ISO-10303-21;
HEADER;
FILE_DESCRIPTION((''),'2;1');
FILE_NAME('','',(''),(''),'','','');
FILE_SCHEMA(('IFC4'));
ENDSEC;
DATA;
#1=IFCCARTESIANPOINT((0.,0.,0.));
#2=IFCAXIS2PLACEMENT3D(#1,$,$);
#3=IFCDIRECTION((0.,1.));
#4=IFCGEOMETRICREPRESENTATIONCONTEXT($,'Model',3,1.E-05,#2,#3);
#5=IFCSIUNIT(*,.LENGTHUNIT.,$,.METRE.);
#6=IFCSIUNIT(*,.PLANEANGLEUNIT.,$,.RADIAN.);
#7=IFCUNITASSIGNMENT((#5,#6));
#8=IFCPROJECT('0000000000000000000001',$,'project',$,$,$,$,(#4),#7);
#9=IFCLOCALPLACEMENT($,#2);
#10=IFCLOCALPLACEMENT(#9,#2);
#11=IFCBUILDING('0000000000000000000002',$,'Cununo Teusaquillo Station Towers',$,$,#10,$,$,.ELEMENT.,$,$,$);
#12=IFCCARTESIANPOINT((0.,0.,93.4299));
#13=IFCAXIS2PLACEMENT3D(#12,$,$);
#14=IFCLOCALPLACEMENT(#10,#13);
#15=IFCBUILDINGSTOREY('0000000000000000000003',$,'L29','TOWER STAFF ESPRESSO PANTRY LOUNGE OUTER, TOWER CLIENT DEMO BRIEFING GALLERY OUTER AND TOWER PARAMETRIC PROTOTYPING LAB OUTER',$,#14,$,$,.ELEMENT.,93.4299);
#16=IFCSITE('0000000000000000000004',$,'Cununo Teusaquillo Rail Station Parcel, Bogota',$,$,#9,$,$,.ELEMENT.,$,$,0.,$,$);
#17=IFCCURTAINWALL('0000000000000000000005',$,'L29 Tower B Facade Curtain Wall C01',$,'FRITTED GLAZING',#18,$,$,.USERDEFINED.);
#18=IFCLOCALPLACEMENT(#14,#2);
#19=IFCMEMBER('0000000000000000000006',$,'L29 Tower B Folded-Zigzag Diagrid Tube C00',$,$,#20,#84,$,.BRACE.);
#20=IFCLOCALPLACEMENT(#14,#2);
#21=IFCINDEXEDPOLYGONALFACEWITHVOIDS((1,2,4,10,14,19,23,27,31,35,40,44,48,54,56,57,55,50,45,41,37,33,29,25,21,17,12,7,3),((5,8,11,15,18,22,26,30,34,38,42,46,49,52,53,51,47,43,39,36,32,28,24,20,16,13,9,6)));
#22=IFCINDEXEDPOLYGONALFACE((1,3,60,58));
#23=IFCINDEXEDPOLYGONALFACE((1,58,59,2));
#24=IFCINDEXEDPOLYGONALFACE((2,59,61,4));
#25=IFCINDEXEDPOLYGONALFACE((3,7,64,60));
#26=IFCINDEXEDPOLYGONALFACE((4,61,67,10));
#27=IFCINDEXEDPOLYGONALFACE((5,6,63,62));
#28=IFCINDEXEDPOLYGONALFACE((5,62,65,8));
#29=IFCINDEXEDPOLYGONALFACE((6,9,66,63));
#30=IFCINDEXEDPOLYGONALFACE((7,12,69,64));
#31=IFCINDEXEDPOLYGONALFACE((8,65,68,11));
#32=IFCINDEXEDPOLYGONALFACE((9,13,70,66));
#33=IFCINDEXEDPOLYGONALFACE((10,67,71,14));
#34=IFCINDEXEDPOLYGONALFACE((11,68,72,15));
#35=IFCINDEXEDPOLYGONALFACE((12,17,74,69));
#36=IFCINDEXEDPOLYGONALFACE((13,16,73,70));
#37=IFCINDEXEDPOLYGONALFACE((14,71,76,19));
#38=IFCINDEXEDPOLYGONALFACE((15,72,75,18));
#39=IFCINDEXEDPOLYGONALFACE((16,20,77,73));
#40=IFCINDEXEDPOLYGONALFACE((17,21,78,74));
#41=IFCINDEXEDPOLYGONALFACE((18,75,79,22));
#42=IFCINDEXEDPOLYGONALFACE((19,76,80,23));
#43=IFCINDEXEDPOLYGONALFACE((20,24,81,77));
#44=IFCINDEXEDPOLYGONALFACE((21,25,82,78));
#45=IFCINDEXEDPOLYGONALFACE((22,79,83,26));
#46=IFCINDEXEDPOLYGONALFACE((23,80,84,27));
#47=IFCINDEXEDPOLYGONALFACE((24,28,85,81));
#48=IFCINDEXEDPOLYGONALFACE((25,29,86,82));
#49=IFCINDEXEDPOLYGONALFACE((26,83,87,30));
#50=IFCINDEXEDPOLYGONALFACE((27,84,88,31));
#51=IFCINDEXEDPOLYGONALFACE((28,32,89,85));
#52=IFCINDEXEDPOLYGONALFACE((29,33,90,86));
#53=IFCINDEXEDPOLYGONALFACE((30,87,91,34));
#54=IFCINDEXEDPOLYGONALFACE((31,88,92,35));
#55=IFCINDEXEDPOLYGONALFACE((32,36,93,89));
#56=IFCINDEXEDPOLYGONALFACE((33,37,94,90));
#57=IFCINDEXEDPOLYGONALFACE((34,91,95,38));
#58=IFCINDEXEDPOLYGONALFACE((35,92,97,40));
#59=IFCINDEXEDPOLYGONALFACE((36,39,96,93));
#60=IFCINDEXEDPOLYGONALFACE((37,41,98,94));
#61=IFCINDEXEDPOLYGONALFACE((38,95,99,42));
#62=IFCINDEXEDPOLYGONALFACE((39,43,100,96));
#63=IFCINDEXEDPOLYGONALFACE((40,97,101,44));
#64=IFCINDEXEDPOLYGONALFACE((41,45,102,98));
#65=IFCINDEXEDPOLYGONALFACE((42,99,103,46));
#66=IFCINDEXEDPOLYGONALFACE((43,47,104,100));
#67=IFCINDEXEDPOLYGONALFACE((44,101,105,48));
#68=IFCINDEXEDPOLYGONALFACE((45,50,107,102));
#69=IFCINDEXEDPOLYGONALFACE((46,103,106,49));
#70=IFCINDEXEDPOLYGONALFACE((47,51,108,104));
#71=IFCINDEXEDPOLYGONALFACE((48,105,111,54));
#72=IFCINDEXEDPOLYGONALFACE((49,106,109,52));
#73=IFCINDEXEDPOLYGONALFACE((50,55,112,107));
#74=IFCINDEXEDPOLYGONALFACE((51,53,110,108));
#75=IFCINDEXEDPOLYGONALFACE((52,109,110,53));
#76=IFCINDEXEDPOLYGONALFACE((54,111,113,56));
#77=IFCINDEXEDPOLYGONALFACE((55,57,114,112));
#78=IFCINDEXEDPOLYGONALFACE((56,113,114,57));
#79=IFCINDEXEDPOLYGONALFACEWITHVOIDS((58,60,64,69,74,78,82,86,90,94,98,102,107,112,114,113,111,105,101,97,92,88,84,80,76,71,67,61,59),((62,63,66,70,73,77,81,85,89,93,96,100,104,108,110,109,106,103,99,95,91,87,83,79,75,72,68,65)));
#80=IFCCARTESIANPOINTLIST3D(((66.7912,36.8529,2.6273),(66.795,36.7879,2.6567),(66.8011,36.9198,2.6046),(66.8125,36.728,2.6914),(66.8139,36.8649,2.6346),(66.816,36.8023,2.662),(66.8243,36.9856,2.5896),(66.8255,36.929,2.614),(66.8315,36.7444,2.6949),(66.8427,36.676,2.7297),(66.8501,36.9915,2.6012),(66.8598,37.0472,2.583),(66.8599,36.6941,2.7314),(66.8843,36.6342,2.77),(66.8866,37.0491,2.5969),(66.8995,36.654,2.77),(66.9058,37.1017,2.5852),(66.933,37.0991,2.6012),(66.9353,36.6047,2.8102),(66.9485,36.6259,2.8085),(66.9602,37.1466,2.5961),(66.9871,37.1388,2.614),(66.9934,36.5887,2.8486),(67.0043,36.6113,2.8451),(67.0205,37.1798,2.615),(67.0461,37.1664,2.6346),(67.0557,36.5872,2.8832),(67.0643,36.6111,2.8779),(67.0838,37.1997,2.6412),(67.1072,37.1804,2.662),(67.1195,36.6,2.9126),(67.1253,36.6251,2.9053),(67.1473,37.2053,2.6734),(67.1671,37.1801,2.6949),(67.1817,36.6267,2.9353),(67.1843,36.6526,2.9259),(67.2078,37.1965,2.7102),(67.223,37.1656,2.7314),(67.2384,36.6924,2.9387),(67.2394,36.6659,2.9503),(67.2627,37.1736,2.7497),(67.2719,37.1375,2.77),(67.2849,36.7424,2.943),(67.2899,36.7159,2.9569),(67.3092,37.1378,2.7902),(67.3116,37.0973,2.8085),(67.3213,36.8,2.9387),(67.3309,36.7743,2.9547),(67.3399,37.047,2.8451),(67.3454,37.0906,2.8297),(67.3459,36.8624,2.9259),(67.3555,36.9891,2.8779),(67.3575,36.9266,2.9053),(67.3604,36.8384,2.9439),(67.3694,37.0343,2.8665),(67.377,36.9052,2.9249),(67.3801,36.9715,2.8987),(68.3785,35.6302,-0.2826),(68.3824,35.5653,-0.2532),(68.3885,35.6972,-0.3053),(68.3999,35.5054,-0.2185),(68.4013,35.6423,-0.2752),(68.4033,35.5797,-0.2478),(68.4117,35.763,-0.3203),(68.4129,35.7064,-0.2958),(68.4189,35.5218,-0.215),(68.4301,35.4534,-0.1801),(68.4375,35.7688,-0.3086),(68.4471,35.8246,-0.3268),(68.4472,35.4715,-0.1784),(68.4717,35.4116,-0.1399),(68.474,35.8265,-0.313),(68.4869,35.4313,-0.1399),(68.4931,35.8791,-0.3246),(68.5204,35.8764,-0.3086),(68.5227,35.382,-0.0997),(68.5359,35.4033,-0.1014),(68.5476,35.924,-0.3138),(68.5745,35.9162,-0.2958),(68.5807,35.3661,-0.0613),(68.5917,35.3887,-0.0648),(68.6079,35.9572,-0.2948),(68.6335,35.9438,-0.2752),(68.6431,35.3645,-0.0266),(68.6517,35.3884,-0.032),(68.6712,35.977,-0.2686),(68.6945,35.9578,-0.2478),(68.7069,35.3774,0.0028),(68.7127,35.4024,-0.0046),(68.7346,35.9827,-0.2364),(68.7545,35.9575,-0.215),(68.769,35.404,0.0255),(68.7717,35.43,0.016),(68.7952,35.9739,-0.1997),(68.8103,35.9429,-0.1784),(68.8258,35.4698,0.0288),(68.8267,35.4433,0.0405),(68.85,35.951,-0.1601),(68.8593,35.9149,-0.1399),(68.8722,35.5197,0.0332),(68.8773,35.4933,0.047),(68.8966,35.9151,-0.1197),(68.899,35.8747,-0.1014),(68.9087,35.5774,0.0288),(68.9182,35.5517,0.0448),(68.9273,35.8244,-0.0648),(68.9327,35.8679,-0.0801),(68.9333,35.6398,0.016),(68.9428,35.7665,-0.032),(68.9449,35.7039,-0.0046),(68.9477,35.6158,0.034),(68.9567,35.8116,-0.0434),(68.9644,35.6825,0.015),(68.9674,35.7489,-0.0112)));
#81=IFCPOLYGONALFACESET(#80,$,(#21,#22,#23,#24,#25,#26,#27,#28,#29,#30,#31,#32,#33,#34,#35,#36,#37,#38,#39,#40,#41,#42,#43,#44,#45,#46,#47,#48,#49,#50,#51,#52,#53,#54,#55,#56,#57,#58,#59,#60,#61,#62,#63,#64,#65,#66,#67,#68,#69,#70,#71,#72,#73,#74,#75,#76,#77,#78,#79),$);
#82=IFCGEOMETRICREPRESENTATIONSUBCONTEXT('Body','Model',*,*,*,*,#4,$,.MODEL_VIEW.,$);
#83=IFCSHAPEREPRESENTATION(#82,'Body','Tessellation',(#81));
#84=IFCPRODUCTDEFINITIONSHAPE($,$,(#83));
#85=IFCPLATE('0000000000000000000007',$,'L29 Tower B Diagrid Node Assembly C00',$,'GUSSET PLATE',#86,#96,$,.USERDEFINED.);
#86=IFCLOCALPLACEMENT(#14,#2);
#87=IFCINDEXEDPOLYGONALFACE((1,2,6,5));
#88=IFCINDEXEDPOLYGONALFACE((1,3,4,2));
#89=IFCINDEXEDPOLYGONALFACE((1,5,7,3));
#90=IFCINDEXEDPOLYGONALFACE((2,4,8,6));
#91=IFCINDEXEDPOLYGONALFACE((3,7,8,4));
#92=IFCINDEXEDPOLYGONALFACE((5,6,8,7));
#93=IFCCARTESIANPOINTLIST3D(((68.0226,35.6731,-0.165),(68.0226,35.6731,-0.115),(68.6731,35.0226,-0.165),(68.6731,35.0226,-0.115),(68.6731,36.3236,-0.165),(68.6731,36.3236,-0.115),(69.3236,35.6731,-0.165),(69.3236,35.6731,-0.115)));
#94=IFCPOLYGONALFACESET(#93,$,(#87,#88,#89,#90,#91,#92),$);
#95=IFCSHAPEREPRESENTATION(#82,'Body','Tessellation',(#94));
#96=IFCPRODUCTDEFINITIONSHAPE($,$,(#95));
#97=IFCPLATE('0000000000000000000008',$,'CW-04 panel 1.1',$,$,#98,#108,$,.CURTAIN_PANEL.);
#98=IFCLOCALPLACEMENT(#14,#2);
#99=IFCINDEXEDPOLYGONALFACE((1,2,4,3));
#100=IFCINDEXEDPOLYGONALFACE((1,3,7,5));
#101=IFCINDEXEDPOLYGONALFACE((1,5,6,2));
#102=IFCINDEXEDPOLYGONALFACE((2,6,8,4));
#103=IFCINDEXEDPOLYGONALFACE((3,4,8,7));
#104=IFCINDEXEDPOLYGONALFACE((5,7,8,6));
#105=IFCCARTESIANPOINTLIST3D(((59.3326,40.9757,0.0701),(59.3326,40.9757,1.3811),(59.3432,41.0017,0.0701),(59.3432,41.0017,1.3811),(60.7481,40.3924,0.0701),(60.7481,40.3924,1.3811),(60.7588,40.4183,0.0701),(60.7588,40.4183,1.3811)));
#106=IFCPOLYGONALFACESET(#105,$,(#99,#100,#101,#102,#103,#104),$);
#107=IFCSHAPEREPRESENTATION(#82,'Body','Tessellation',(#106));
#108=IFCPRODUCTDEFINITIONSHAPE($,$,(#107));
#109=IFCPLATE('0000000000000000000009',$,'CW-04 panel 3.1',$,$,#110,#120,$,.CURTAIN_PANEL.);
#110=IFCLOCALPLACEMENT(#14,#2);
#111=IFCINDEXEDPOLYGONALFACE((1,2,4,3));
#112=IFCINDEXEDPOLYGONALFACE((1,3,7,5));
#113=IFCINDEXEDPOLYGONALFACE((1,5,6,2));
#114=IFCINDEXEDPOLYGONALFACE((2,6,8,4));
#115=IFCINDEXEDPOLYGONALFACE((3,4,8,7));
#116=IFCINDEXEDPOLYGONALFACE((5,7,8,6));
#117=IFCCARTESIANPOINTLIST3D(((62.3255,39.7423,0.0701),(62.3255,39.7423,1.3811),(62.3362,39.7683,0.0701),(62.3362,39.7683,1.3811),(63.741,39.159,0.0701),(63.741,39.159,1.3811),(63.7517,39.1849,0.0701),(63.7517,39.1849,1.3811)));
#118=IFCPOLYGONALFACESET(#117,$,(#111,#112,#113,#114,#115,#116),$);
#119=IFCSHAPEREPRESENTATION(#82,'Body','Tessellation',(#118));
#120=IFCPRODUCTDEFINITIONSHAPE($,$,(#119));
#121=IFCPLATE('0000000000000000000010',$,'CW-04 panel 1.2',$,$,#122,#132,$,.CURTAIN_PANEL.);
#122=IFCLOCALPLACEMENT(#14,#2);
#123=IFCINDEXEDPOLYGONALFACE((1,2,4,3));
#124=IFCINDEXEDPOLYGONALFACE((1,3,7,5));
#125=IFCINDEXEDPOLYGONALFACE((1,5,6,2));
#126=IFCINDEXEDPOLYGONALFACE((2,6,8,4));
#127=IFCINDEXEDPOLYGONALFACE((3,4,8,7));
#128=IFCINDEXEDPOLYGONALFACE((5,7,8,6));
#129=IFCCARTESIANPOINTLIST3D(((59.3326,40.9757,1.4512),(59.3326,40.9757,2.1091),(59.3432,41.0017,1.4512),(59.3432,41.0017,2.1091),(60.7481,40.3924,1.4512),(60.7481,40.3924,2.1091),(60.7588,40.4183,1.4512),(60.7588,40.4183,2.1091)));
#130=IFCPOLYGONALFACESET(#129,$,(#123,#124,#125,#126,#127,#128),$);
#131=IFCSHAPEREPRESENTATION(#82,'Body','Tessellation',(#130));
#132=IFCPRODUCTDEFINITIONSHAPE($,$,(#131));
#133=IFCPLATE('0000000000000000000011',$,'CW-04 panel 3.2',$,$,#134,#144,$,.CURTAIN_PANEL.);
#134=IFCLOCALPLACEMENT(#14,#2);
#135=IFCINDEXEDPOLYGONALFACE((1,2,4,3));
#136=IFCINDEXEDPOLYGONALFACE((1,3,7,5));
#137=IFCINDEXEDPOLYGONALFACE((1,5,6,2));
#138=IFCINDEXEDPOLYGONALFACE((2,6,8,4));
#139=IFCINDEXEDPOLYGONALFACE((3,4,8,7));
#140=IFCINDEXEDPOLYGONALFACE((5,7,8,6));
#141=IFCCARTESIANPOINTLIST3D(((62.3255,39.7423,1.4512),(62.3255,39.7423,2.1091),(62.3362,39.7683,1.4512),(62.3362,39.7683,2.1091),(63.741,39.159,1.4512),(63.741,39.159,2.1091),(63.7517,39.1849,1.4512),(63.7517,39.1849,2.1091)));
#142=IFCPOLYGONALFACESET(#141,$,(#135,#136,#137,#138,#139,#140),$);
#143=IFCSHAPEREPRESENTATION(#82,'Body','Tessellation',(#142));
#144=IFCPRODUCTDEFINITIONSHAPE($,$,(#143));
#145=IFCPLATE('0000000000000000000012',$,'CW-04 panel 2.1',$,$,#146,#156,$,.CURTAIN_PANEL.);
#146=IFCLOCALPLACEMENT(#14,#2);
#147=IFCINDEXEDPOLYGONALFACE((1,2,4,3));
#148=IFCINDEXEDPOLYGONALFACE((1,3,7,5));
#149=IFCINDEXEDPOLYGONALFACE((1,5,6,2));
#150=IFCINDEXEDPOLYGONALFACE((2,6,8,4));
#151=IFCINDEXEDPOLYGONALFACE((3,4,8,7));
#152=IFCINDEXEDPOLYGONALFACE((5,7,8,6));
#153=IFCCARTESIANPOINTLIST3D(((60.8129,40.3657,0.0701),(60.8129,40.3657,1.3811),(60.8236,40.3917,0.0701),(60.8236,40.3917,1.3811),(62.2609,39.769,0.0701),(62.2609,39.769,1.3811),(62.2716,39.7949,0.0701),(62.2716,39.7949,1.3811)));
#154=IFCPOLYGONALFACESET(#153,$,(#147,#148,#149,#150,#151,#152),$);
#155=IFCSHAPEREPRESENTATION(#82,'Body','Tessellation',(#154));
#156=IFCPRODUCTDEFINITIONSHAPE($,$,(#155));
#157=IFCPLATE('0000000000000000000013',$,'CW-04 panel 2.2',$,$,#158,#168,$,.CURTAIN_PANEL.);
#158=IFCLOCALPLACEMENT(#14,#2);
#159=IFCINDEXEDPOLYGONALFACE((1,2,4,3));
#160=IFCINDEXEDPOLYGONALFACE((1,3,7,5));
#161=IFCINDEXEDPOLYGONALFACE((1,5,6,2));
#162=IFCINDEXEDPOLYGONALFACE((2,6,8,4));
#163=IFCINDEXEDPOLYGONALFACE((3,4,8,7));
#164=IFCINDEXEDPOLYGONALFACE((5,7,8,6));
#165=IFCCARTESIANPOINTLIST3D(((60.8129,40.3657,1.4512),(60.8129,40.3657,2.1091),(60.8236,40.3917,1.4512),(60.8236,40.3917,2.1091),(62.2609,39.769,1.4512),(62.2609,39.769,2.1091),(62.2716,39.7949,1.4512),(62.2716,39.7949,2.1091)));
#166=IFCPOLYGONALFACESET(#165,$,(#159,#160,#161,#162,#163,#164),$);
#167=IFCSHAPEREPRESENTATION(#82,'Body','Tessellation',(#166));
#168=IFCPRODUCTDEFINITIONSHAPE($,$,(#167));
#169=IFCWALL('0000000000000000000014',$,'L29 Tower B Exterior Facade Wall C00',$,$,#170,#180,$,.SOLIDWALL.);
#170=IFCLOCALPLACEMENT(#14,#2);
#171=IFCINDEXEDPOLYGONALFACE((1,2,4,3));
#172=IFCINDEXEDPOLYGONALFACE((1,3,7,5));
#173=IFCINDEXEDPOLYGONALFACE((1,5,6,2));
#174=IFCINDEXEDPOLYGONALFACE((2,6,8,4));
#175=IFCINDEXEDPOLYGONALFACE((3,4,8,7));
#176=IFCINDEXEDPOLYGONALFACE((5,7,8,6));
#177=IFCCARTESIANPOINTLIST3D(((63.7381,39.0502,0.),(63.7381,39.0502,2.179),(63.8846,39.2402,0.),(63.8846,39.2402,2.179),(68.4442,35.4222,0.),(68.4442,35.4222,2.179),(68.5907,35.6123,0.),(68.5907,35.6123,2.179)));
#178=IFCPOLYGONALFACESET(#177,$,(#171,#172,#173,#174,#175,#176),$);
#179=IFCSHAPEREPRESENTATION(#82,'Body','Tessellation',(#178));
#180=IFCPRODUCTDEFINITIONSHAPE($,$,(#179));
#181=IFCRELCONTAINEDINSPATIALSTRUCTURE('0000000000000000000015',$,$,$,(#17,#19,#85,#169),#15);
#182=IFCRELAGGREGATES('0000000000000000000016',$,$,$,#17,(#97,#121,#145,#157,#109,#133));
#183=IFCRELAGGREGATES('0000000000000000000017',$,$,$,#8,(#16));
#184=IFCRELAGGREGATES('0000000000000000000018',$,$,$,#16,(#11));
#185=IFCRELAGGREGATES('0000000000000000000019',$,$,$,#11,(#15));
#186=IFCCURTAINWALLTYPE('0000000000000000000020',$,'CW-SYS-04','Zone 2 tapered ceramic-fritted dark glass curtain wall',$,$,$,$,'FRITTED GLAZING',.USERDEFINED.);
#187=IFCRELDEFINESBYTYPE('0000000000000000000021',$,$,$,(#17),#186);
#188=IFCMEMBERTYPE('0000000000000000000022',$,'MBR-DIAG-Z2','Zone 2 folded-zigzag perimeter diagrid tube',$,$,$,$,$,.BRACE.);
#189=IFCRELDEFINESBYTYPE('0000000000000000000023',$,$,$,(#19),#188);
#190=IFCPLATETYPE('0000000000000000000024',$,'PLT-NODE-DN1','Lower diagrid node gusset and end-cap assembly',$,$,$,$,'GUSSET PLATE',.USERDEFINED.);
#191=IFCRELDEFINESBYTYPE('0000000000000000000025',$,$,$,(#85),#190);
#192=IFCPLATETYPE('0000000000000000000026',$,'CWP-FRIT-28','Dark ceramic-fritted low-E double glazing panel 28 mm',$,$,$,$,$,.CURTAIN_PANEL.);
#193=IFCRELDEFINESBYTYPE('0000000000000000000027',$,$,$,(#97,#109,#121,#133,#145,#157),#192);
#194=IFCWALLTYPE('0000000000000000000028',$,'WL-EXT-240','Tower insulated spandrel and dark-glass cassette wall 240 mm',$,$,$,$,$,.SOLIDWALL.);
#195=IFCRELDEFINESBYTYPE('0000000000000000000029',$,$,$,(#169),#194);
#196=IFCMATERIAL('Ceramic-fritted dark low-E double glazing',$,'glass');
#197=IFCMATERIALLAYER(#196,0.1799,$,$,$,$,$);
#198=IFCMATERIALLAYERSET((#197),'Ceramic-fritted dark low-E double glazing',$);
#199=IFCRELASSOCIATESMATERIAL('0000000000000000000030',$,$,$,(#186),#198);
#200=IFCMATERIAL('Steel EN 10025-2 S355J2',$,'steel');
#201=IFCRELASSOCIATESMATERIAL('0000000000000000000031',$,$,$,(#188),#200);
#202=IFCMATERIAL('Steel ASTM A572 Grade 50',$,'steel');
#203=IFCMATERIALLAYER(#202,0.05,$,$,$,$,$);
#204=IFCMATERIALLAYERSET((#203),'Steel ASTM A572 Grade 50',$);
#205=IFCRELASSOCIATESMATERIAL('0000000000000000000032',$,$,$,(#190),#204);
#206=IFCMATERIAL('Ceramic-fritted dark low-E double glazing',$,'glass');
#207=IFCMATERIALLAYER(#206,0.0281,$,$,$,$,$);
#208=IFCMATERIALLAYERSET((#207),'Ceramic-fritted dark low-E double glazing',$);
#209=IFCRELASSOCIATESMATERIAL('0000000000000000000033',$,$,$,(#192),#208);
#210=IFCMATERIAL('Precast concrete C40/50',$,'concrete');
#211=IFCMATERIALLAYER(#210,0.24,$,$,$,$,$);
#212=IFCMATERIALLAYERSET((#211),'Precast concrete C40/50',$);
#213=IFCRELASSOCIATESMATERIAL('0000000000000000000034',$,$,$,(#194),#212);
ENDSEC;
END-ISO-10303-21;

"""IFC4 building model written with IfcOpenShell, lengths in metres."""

from ifc_helpers import new_model, si_unit, direction, frame, frame_2d, origin, origin_2d, place, context, subcontext, project, spatial, rectangle, hollow_circle, extrude, source, transform, mapped, material, layer, layer_set, material_profile, profile_set, type_object, element, aggregate, save


model = new_model("IFC4")

# Units and contexts
model_context = context("Model", 3, precision=1e-05, world=origin(), true_north=direction((0.0, 1.0)))
body_context = subcontext(model_context, "Body", "Model", "MODEL_VIEW")
ifc_project = project(units=[si_unit("LENGTHUNIT", "METRE"), si_unit("PLANEANGLEUNIT", "RADIAN")], contexts=[model_context])

# Site, building, storey
site_placement = place(None, origin())
site = spatial("IfcSite", under=ifc_project, at=site_placement, Name="Cununo Teusaquillo Rail Station Parcel, Bogota", CompositionType="ELEMENT", RefElevation=0.0)
building_placement = place(site_placement, origin())
building = spatial("IfcBuilding", under=site, at=building_placement, Name="Cununo Teusaquillo Station Towers", CompositionType="ELEMENT")
storey_placement = place(building_placement, frame((0.0, 0.0, 93.4299)))
storey = spatial("IfcBuildingStorey", under=building, at=storey_placement, Name="L29", Description="TOWER STAFF ESPRESSO PANTRY LOUNGE OUTER, TOWER CLIENT DEMO BRIEFING GALLERY OUTER AND TOWER PARAMETRIC PROTOTYPING LAB OUTER", CompositionType="ELEMENT", Elevation=93.4299)

# Curtain wall
ifc_material_1 = material(Name="Ceramic-fritted dark low-E double glazing", Category="glass")
ifc_layer_1 = layer(ifc_material_1, 0.1799)
ifc_layer_set_1 = layer_set([ifc_layer_1], Name="Ceramic-fritted dark low-E double glazing")
curtain_wall_type = type_object("IfcCurtainWallType", Name="CW-SYS-04", Description="Zone 2 tapered ceramic-fritted dark glass curtain wall", ElementType="FRITTED GLAZING", PredefinedType="USERDEFINED", material=ifc_layer_set_1)
curtain_wall_placement = place(storey_placement, origin())
curtain_wall = element("IfcCurtainWall", 1, at=curtain_wall_placement, inside=storey, type_object=curtain_wall_type, Name="L29 Tower B Facade Curtain Wall C01", ObjectType="FRITTED GLAZING", PredefinedType="USERDEFINED")

# Member
ifc_material_2 = material(Name="Steel EN 10025-2 S355J2", Category="steel")
ifc_material_profile_1 = material_profile(ifc_material_2, hollow_circle(Radius=0.3301, WallThickness=0.0249, at=origin_2d()), Name="CHS 660x25")
ifc_profile_set_1 = profile_set([ifc_material_profile_1], Name="Steel EN 10025-2 S355J2")
member_type_1 = type_object("IfcMemberType", Name="MBR-DIAG-Z2", Description="Zone 2 folded-zigzag perimeter diagrid tube", PredefinedType="BRACE", material=ifc_profile_set_1)
member_1_placement = place(storey_placement, frame((68.6731, 35.6731, -0.1399), z_axis=(-0.449303, 0.346064, 0.82363), x_axis=(-0.610205, -0.792243, 0.0)))
element("IfcMember", 2, at=member_1_placement, inside=storey, type_object=member_type_1, Name="L29 Tower B Folded-Zigzag Diagrid Tube C00", PredefinedType="BRACE", context=body_context, shape_type="SweptSolid", body=[
    extrude(hollow_circle(Radius=0.3301, WallThickness=0.0249, at=origin_2d()), origin(), (0.0, 0.0, 1.0), 3.533),
])

# Plates
ifc_material_3 = material(Name="Steel ASTM A572 Grade 50", Category="steel")
ifc_layer_2 = layer(ifc_material_3, 0.05)
ifc_layer_set_2 = layer_set([ifc_layer_2], Name="Steel ASTM A572 Grade 50")
plate_type_1 = type_object("IfcPlateType", Name="PLT-NODE-DN1", Description="Lower diagrid node gusset and end-cap assembly", ElementType="GUSSET PLATE", PredefinedType="USERDEFINED", material=ifc_layer_set_2)
shared_shape_1 = source(origin(), body_context, "Body", "SweptSolid", [
    extrude(rectangle(XDim=0.9199, YDim=0.9199, at=origin_2d()), origin(), (0.0, 0.0, 1.0), 0.05),
])
plate_1_placement = place(storey_placement, frame((68.6731, 35.6731, -0.165), z_axis=(0.0, 0.0, 1.0), x_axis=(0.707107, 0.707107, 0.0)))
element("IfcPlate", 3, at=plate_1_placement, inside=storey, type_object=plate_type_1, Name="L29 Tower B Diagrid Node Assembly C00", ObjectType="GUSSET PLATE", PredefinedType="USERDEFINED", context=body_context, shape_type="MappedRepresentation", body=[
    mapped(shared_shape_1, transform((0.0, 0.0, 0.0), x_axis=(1.0, 0.0, 0.0), y_axis=(0.0, 1.0, 0.0), z_axis=(0.0, 0.0, 1.0), scale=1.0)),
])
ifc_material_4 = material(Name="Ceramic-fritted dark low-E double glazing", Category="glass")
ifc_layer_3 = layer(ifc_material_4, 0.0281)
ifc_layer_set_3 = layer_set([ifc_layer_3], Name="Ceramic-fritted dark low-E double glazing")
plate_type_2 = type_object("IfcPlateType", Name="CWP-FRIT-28", Description="Dark ceramic-fritted low-E double glazing panel 28 mm", PredefinedType="CURTAIN_PANEL", material=ifc_layer_set_3)
shared_shape_2 = source(origin(), body_context, "Body", "SweptSolid", [
    extrude(rectangle(XDim=1.531, YDim=0.0281, at=origin_2d()), origin(), (0.0, 0.0, 1.0), 1.311),
])
plate_2_placement = place(storey_placement, frame((60.0457, 40.697, 0.0701), z_axis=(0.0, 0.0, 1.0), x_axis=(0.924562, -0.381031, 0.0)))
plate_2 = element("IfcPlate", 4, at=plate_2_placement, type_object=plate_type_2, Name="CW-04 panel 1.1", PredefinedType="CURTAIN_PANEL", context=body_context, shape_type="MappedRepresentation", body=[
    mapped(shared_shape_2, transform((0.0, 0.0, 0.0), x_axis=(1.0, 0.0, 0.0), y_axis=(0.0, 1.0, 0.0), z_axis=(0.0, 0.0, 1.0), scale=1.0)),
])
plate_3_placement = place(storey_placement, frame((63.0386, 39.4636, 0.0701), z_axis=(0.0, 0.0, 1.0), x_axis=(0.924562, -0.381031, 0.0)))
plate_3 = element("IfcPlate", 5, at=plate_3_placement, type_object=plate_type_2, Name="CW-04 panel 3.1", PredefinedType="CURTAIN_PANEL", context=body_context, shape_type="MappedRepresentation", body=[
    mapped(shared_shape_2, transform((0.0, 0.0, 0.0), x_axis=(1.0, 0.0, 0.0), y_axis=(0.0, 1.0, 0.0), z_axis=(0.0, 0.0, 1.0), scale=1.0)),
])
shared_shape_3 = source(origin(), body_context, "Body", "SweptSolid", [
    extrude(rectangle(XDim=1.531, YDim=0.0281, at=origin_2d()), origin(), (0.0, 0.0, 1.0), 0.658),
])
plate_4_placement = place(storey_placement, frame((60.0457, 40.697, 1.4512), z_axis=(0.0, 0.0, 1.0), x_axis=(0.924562, -0.381031, 0.0)))
plate_4 = element("IfcPlate", 6, at=plate_4_placement, type_object=plate_type_2, Name="CW-04 panel 1.2", PredefinedType="CURTAIN_PANEL", context=body_context, shape_type="MappedRepresentation", body=[
    mapped(shared_shape_3, transform((0.0, 0.0, 0.0), x_axis=(1.0, 0.0, 0.0), y_axis=(0.0, 1.0, 0.0), z_axis=(0.0, 0.0, 1.0), scale=1.0)),
])
plate_5_placement = place(storey_placement, frame((63.0386, 39.4636, 1.4512), z_axis=(0.0, 0.0, 1.0), x_axis=(0.924562, -0.381031, 0.0)))
plate_5 = element("IfcPlate", 7, at=plate_5_placement, type_object=plate_type_2, Name="CW-04 panel 3.2", PredefinedType="CURTAIN_PANEL", context=body_context, shape_type="MappedRepresentation", body=[
    mapped(shared_shape_3, transform((0.0, 0.0, 0.0), x_axis=(1.0, 0.0, 0.0), y_axis=(0.0, 1.0, 0.0), z_axis=(0.0, 0.0, 1.0), scale=1.0)),
])
shared_shape_4 = source(origin(), body_context, "Body", "SweptSolid", [
    extrude(rectangle(XDim=1.5662, YDim=0.0281, at=origin_2d()), origin(), (0.0, 0.0, 1.0), 1.311),
])
plate_6_placement = place(storey_placement, frame((61.5422, 40.0803, 0.0701), z_axis=(0.0, 0.0, 1.0), x_axis=(0.924562, -0.381031, 0.0)))
plate_6 = element("IfcPlate", 8, at=plate_6_placement, type_object=plate_type_2, Name="CW-04 panel 2.1", PredefinedType="CURTAIN_PANEL", context=body_context, shape_type="MappedRepresentation", body=[
    mapped(shared_shape_4, transform((0.0, 0.0, 0.0), x_axis=(1.0, 0.0, 0.0), y_axis=(0.0, 1.0, 0.0), z_axis=(0.0, 0.0, 1.0), scale=1.0)),
])
shared_shape_5 = source(origin(), body_context, "Body", "SweptSolid", [
    extrude(rectangle(XDim=1.5662, YDim=0.0281, at=origin_2d()), origin(), (0.0, 0.0, 1.0), 0.658),
])
plate_7_placement = place(storey_placement, frame((61.5422, 40.0803, 1.4512), z_axis=(0.0, 0.0, 1.0), x_axis=(0.924562, -0.381031, 0.0)))
plate_7 = element("IfcPlate", 9, at=plate_7_placement, type_object=plate_type_2, Name="CW-04 panel 2.2", PredefinedType="CURTAIN_PANEL", context=body_context, shape_type="MappedRepresentation", body=[
    mapped(shared_shape_5, transform((0.0, 0.0, 0.0), x_axis=(1.0, 0.0, 0.0), y_axis=(0.0, 1.0, 0.0), z_axis=(0.0, 0.0, 1.0), scale=1.0)),
])
aggregate(curtain_wall, [plate_2, plate_4, plate_6, plate_7, plate_3, plate_5])

# Wall
ifc_material_5 = material(Name="Precast concrete C40/50", Category="concrete")
ifc_layer_4 = layer(ifc_material_5, 0.24)
ifc_layer_set_4 = layer_set([ifc_layer_4], Name="Precast concrete C40/50")
wall_type_1 = type_object("IfcWallType", Name="WL-EXT-240", Description="Tower insulated spandrel and dark-glass cassette wall 240 mm", PredefinedType="SOLIDWALL", material=ifc_layer_set_4)
wall_1_placement = place(storey_placement, frame((63.8113, 39.1453, 0.0), z_axis=(0.0, 0.0, 1.0), x_axis=(0.791982, -0.610544, 0.0)))
element("IfcWall", 10, at=wall_1_placement, inside=storey, type_object=wall_type_1, Name="L29 Tower B Exterior Facade Wall C00", PredefinedType="SOLIDWALL", context=body_context, shape_type="SweptSolid", body=[
    extrude(rectangle(XDim=5.9421, YDim=0.24, at=frame_2d((2.9712, 0.0))), origin(), (0.0, 0.0, 1.0), 2.179),
])

save(model, "model.ifc")
